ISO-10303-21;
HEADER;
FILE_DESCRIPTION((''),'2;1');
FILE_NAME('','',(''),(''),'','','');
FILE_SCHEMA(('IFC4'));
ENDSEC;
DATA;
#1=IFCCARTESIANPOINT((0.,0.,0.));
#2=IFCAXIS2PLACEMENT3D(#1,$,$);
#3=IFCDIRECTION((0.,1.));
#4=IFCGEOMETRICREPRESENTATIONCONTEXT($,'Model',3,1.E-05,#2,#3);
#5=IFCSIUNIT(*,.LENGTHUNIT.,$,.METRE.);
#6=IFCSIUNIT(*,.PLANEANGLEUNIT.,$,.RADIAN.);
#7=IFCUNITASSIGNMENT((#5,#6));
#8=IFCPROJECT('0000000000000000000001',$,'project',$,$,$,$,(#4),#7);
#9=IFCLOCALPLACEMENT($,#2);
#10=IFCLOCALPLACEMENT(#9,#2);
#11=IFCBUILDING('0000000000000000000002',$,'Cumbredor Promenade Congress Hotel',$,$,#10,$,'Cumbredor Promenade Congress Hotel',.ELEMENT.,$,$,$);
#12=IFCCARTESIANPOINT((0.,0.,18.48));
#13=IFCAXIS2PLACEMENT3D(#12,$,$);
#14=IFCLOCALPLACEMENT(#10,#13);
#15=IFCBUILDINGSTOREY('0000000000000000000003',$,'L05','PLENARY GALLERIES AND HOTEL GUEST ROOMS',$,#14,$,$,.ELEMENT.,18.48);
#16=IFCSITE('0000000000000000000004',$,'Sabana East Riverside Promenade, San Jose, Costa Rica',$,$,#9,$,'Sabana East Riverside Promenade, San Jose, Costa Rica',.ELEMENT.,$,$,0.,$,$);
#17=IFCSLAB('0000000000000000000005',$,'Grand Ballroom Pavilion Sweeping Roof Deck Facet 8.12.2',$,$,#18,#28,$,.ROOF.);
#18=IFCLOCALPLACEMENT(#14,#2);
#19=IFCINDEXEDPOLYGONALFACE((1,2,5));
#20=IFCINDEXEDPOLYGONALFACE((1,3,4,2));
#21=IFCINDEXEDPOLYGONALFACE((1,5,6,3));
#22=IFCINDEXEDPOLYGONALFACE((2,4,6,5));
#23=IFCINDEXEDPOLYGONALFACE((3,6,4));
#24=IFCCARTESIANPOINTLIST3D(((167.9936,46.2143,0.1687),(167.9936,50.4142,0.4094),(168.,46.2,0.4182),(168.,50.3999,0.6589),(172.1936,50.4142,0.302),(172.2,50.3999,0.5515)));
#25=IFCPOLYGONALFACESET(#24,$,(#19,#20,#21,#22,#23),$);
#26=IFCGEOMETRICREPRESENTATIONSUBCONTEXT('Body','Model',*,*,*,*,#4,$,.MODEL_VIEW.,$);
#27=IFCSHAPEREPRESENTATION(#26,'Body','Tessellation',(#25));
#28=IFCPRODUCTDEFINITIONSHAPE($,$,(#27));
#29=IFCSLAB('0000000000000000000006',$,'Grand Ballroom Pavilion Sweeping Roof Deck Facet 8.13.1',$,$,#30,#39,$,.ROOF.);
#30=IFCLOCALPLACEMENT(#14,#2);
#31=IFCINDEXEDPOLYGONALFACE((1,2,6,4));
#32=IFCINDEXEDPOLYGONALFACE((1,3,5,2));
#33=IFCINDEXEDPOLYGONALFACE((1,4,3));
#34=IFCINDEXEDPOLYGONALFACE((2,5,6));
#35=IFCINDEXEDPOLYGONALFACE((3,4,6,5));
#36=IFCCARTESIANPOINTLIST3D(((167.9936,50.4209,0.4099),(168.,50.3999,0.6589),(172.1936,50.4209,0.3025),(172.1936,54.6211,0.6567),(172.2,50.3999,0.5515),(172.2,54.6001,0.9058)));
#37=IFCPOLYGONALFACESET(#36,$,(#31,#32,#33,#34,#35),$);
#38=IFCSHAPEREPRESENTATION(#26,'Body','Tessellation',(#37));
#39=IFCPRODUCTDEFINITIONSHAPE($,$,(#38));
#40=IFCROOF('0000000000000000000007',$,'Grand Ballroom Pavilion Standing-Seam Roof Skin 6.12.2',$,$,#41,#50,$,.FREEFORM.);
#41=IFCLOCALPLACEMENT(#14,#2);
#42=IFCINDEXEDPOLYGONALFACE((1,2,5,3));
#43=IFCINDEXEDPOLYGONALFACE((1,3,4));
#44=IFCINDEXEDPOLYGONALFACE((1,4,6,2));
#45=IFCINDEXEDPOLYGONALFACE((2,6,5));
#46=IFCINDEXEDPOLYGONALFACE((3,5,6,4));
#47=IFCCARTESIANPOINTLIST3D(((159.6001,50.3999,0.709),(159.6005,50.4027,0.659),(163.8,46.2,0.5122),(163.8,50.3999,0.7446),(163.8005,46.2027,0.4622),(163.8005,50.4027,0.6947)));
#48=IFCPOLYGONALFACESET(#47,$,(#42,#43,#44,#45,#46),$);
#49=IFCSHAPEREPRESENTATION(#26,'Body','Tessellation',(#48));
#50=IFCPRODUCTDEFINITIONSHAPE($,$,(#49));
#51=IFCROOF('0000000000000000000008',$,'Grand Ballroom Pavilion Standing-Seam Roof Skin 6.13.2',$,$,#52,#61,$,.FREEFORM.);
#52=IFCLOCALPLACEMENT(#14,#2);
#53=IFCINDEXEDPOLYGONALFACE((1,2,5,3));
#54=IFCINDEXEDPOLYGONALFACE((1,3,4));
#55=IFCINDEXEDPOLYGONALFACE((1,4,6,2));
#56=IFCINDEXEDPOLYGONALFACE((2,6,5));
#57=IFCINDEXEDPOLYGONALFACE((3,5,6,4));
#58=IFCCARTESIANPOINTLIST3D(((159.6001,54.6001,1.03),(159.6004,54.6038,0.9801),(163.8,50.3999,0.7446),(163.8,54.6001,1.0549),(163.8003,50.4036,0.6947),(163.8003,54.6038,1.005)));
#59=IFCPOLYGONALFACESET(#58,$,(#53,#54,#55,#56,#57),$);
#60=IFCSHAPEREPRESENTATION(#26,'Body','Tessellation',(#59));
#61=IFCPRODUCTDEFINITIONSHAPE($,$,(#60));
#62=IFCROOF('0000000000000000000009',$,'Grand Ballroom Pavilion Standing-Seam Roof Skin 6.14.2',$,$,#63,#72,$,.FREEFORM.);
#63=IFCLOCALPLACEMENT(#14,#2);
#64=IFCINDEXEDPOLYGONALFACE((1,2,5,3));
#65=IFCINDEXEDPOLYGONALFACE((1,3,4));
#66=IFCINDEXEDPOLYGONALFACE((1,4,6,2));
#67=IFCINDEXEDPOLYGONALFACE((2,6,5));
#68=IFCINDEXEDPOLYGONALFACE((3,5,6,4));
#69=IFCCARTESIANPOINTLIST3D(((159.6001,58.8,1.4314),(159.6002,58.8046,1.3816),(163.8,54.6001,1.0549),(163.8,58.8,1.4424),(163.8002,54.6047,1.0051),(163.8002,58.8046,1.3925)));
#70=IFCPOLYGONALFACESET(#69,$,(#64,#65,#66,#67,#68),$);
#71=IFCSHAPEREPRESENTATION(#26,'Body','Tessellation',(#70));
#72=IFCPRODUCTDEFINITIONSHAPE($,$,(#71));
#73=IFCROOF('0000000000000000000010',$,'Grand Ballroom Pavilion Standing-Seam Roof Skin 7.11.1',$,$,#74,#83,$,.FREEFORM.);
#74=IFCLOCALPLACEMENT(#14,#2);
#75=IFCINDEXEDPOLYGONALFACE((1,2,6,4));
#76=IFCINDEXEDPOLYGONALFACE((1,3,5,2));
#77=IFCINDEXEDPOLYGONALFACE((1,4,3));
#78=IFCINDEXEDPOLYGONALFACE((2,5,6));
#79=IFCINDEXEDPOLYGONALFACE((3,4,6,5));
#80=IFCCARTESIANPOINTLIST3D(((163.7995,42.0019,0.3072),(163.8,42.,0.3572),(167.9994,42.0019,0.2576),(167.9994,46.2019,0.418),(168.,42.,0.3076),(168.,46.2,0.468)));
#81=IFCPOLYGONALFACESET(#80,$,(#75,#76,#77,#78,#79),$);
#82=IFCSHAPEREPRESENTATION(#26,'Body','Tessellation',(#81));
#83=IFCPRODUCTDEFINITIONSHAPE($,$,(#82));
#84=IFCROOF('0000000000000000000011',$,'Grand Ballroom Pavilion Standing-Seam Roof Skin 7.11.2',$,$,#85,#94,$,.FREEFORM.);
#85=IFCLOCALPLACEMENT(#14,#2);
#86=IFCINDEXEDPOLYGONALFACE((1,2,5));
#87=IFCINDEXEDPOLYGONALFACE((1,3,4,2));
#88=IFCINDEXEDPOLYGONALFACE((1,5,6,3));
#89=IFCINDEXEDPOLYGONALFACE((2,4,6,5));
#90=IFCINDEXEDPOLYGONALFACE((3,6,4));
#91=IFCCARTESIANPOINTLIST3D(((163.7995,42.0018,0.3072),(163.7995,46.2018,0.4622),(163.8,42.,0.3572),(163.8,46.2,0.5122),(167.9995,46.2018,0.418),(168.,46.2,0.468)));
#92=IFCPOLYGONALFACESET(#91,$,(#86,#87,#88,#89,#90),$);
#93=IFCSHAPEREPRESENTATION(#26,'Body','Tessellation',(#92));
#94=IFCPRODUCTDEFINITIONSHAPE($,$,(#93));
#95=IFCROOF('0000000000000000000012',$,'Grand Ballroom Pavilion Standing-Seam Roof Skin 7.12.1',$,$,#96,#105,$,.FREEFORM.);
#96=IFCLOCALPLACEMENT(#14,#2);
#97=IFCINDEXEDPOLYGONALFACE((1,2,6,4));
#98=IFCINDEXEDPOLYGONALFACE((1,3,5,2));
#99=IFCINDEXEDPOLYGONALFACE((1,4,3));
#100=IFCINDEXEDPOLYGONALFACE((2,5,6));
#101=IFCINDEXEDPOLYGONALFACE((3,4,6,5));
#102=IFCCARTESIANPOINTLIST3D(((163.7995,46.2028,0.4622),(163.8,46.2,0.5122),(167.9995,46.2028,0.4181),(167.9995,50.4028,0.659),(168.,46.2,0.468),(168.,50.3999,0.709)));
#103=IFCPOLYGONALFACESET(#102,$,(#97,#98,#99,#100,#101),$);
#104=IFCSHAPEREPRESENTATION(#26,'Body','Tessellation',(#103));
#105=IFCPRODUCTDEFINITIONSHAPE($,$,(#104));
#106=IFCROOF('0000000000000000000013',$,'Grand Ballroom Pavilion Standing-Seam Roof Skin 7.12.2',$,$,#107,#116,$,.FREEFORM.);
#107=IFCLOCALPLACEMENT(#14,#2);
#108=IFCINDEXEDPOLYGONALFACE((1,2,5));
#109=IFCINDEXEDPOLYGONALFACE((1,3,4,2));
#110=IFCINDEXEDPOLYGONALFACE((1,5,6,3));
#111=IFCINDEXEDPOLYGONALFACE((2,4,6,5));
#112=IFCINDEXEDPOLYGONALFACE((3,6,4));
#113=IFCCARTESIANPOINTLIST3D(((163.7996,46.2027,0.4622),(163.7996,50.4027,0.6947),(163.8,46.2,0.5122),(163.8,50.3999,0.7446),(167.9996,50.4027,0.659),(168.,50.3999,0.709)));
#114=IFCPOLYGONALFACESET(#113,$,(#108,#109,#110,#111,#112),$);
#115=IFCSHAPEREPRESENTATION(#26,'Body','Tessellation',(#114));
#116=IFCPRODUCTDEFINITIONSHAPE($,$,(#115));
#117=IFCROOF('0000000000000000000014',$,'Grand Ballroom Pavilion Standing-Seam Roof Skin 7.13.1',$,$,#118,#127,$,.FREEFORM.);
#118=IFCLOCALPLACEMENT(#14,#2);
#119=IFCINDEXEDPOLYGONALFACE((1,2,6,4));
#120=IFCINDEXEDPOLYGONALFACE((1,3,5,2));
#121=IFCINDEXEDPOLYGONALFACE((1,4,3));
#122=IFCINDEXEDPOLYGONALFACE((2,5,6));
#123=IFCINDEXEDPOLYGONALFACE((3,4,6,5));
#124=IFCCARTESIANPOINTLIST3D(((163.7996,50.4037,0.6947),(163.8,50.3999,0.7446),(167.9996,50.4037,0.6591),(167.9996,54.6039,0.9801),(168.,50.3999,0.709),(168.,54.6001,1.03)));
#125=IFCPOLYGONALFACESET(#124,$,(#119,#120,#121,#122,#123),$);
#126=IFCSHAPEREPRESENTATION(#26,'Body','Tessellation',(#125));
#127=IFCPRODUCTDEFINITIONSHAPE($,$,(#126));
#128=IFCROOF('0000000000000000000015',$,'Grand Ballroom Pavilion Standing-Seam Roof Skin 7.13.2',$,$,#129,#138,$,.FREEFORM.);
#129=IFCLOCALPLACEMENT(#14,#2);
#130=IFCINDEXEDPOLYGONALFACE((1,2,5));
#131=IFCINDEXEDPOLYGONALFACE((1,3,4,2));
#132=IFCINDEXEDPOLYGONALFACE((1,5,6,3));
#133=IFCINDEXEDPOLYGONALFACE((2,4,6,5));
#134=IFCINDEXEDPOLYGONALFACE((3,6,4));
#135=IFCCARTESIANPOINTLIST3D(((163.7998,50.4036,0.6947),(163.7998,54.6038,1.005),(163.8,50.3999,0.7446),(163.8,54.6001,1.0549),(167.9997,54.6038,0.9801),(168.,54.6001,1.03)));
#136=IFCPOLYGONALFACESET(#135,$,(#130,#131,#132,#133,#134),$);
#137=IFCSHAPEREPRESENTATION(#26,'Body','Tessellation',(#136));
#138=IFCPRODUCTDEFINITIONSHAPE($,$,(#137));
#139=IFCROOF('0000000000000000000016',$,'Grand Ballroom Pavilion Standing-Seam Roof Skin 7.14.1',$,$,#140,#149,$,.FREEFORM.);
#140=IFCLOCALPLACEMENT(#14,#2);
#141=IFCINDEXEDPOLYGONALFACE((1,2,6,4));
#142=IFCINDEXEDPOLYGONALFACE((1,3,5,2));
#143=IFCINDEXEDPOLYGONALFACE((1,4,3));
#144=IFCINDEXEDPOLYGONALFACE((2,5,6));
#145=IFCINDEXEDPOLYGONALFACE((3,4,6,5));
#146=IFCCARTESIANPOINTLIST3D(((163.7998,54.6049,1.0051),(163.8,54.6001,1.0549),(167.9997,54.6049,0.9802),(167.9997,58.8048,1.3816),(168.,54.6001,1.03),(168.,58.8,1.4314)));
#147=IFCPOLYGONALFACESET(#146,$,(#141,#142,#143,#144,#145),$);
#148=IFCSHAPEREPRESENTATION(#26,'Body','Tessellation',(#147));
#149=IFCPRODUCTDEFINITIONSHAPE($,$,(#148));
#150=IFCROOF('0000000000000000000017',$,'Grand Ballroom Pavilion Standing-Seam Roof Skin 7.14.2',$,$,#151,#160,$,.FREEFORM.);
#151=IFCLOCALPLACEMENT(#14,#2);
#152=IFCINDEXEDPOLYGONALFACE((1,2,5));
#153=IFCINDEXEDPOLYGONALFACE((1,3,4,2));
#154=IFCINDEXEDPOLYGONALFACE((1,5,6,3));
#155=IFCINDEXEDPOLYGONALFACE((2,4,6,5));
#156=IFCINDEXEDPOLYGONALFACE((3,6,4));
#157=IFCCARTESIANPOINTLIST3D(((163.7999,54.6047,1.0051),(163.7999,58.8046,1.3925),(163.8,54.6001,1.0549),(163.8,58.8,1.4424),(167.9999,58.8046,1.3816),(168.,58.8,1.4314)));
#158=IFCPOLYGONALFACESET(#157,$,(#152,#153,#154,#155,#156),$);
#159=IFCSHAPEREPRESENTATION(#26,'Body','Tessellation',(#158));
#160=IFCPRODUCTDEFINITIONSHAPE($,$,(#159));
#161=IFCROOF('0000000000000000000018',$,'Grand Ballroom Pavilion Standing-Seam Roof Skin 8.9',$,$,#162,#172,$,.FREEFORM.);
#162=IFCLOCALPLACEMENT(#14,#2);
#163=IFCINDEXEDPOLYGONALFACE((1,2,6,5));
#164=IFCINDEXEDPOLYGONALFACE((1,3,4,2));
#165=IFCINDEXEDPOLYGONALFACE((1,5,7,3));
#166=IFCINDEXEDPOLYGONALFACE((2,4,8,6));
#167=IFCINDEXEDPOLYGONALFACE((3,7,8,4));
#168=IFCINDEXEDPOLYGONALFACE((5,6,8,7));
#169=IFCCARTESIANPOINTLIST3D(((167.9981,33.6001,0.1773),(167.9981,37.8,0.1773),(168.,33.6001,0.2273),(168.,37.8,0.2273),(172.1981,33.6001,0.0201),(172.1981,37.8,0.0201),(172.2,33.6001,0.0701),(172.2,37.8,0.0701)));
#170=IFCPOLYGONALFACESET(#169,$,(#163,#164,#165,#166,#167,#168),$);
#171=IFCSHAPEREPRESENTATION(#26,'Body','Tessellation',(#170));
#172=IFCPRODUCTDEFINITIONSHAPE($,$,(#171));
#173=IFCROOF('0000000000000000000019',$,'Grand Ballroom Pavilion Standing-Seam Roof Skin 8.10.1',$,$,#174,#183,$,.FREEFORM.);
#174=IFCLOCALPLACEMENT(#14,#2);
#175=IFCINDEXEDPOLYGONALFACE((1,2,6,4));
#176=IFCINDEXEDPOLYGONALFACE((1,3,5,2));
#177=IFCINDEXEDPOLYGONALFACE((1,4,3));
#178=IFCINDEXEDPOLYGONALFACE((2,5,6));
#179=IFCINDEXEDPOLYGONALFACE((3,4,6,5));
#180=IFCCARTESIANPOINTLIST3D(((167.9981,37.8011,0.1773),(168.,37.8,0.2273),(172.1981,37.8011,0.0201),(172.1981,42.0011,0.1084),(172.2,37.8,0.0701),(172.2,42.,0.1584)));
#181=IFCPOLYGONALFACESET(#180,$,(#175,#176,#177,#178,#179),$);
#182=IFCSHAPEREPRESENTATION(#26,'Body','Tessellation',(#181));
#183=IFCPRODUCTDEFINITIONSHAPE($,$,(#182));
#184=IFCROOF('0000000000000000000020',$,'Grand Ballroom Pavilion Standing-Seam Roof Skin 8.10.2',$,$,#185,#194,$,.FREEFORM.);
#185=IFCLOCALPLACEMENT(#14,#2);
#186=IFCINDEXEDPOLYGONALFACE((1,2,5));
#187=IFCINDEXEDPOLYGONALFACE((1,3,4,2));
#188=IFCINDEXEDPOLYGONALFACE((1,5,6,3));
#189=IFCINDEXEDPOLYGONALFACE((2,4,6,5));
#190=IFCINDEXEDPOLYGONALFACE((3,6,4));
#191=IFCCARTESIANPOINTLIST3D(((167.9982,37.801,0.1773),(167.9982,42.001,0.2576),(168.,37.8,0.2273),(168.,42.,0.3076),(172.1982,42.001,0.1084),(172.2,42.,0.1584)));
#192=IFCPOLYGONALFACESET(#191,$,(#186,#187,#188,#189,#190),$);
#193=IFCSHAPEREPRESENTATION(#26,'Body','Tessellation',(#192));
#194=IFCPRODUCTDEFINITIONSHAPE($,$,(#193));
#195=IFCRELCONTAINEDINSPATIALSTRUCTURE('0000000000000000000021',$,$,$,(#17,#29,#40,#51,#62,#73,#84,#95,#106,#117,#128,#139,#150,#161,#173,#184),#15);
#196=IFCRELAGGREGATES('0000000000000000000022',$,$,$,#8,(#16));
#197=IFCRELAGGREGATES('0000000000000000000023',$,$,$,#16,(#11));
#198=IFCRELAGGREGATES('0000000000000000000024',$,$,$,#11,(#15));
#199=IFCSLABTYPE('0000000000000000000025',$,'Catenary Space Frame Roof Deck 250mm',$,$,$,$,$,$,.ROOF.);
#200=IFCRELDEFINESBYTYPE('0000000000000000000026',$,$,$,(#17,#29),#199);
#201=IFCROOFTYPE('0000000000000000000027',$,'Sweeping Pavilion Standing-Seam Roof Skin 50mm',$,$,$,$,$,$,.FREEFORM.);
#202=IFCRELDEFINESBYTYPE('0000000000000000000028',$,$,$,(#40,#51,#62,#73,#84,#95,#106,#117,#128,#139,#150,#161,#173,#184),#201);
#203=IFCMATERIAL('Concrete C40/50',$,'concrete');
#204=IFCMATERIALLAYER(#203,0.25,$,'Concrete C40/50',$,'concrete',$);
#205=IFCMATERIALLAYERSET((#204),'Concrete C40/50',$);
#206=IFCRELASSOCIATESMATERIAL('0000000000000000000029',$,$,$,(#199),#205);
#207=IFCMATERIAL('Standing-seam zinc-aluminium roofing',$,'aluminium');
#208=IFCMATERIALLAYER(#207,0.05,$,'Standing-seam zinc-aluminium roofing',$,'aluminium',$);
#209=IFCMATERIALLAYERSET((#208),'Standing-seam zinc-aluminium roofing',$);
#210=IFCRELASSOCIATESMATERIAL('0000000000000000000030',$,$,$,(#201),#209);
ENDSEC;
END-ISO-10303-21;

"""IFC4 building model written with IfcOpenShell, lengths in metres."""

from ifc_helpers import new_model, si_unit, direction, frame, origin, place, context, subcontext, project, spatial, polyline, outline, extrude, material, layer, layer_set, type_object, element, save


model = new_model("IFC4")

# Units and contexts
model_context = context("Model", 3, precision=1e-05, world=origin(), true_north=direction((0.0, 1.0)))
body_context = subcontext(model_context, "Body", "Model", "MODEL_VIEW")
ifc_project = project(units=[si_unit("LENGTHUNIT", "METRE"), si_unit("PLANEANGLEUNIT", "RADIAN")], contexts=[model_context])

# Site, building, storey
site_placement = place(None, origin())
site = spatial("IfcSite", under=ifc_project, at=site_placement, Name="Sabana East Riverside Promenade, San Jose, Costa Rica", LongName="Sabana East Riverside Promenade, San Jose, Costa Rica", CompositionType="ELEMENT", RefElevation=0.0)
building_placement = place(site_placement, origin())
building = spatial("IfcBuilding", under=site, at=building_placement, Name="Cumbredor Promenade Congress Hotel", LongName="Cumbredor Promenade Congress Hotel", CompositionType="ELEMENT")
storey_placement = place(building_placement, frame((0.0, 0.0, 18.48)))
storey = spatial("IfcBuildingStorey", under=building, at=storey_placement, Name="L05", Description="PLENARY GALLERIES AND HOTEL GUEST ROOMS", CompositionType="ELEMENT", Elevation=18.48)

# Slabs
ifc_material_1 = material(Name="Concrete C40/50", Category="concrete")
ifc_layer_1 = layer(ifc_material_1, 0.25, Name="Concrete C40/50", Category="concrete")
ifc_layer_set_1 = layer_set([ifc_layer_1], Name="Concrete C40/50")
slab_type = type_object("IfcSlabType", Name="Catenary Space Frame Roof Deck 250mm", PredefinedType="ROOF", material=ifc_layer_set_1)
slab_1_placement = place(storey_placement, frame((168.0, 46.2, 0.4182), z_axis=(0.025527, -0.057203, 0.998036), x_axis=(0.706929, 0.706929, 0.022437)))
element("IfcSlab", 1, at=slab_1_placement, inside=storey, type_object=slab_type, Name="Grand Ballroom Pavilion Sweeping Roof Deck Facet 8.12.2", PredefinedType="ROOF", context=body_context, shape_type="SweptSolid", body=[
    extrude(outline(polyline([(0.0, 0.0), (5.9411, 0.0), (2.9745, 2.9749), (0.0, 0.0)])), origin(), (0.0, 0.0, -1.0), 0.25),
])
slab_2_placement = place(storey_placement, frame((168.0, 50.3999, 0.6589), z_axis=(0.025478, -0.084015, 0.996139), x_axis=(0.999673, 0.0, -0.025569)))
element("IfcSlab", 2, at=slab_2_placement, inside=storey, type_object=slab_type, Name="Grand Ballroom Pavilion Sweeping Roof Deck Facet 8.13.1", PredefinedType="ROOF", context=body_context, shape_type="SweptSolid", body=[
    extrude(outline(polyline([(0.0, 0.0), (4.2013, 0.0), (4.1923, 4.2151), (0.0, 0.0)])), origin(), (0.0, 0.0, -1.0), 0.25),
])

# Roofs
ifc_material_2 = material(Name="Standing-seam zinc-aluminium roofing", Category="aluminium")
ifc_layer_2 = layer(ifc_material_2, 0.05, Name="Standing-seam zinc-aluminium roofing", Category="aluminium")
ifc_layer_set_2 = layer_set([ifc_layer_2], Name="Standing-seam zinc-aluminium roofing")
roof_type = type_object("IfcRoofType", Name="Sweeping Pavilion Standing-Seam Roof Skin 50mm", PredefinedType="FREEFORM", material=ifc_layer_set_2)
roof_1_placement = place(storey_placement, frame((163.8, 46.2, 0.5122), z_axis=(-0.008474, -0.055253, 0.998436), x_axis=(0.0, 0.998472, 0.055255)))
element("IfcRoof", 3, at=roof_1_placement, inside=storey, type_object=roof_type, Name="Grand Ballroom Pavilion Standing-Seam Roof Skin 6.12.2", PredefinedType="FREEFORM", context=body_context, shape_type="SweptSolid", body=[
    extrude(outline(polyline([(0.0, 0.0), (4.2064, 0.0), (4.2044, 4.2001), (0.0, 0.0)])), origin(), (0.0, 0.0, -1.0), 0.05),
])
roof_2_placement = place(storey_placement, frame((163.8, 50.3999, 0.7446), z_axis=(-0.005913, -0.073676, 0.997265), x_axis=(0.0, 0.997282, 0.073677)))
element("IfcRoof", 4, at=roof_2_placement, inside=storey, type_object=roof_type, Name="Grand Ballroom Pavilion Standing-Seam Roof Skin 6.13.2", PredefinedType="FREEFORM", context=body_context, shape_type="SweptSolid", body=[
    extrude(outline(polyline([(0.0, 0.0), (4.2116, 0.0), (4.2098, 4.2), (0.0, 0.0)])), origin(), (0.0, 0.0, -1.0), 0.05),
])
roof_3_placement = place(storey_placement, frame((163.8, 54.6001, 1.0549), z_axis=(-0.002605, -0.091861, 0.995768), x_axis=(0.0, 0.995772, 0.091861)))
element("IfcRoof", 5, at=roof_3_placement, inside=storey, type_object=roof_type, Name="Grand Ballroom Pavilion Standing-Seam Roof Skin 6.14.2", PredefinedType="FREEFORM", context=body_context, shape_type="SweptSolid", body=[
    extrude(outline(polyline([(0.0, 0.0), (4.2178, 0.0), (4.2168, 4.2), (0.0, 0.0)])), origin(), (0.0, 0.0, -1.0), 0.05),
])
roof_4_placement = place(storey_placement, frame((163.8, 42.0, 0.3572), z_axis=(0.011791, -0.038161, 0.999202), x_axis=(0.99993, 0.0, -0.011799)))
element("IfcRoof", 6, at=roof_4_placement, inside=storey, type_object=roof_type, Name="Grand Ballroom Pavilion Standing-Seam Roof Skin 7.11.1", PredefinedType="FREEFORM", context=body_context, shape_type="SweptSolid", body=[
    extrude(outline(polyline([(0.0, 0.0), (4.2002, 0.0), (4.1984, 4.203), (0.0, 0.0)])), origin(), (0.0, 0.0, -1.0), 0.05),
])
roof_5_placement = place(storey_placement, frame((163.8, 42.0, 0.3572), z_axis=(0.010514, -0.036885, 0.999264), x_axis=(0.706984, 0.706984, 0.018658)))
element("IfcRoof", 7, at=roof_5_placement, inside=storey, type_object=roof_type, Name="Grand Ballroom Pavilion Standing-Seam Roof Skin 7.11.2", PredefinedType="FREEFORM", context=body_context, shape_type="SweptSolid", body=[
    extrude(outline(polyline([(0.0, 0.0), (5.9407, 0.0), (2.9722, 2.9715), (0.0, 0.0)])), origin(), (0.0, 0.0, -1.0), 0.05),
])
roof_6_placement = place(storey_placement, frame((163.8, 46.2, 0.5122), z_axis=(0.010504, -0.057276, 0.998303), x_axis=(0.999945, 0.0, -0.010521)))
element("IfcRoof", 8, at=roof_6_placement, inside=storey, type_object=roof_type, Name="Grand Ballroom Pavilion Standing-Seam Roof Skin 7.12.1", PredefinedType="FREEFORM", context=body_context, shape_type="SweptSolid", body=[
    extrude(outline(polyline([(0.0, 0.0), (4.2002, 0.0), (4.1976, 4.2069), (0.0, 0.0)])), origin(), (0.0, 0.0, -1.0), 0.05),
])
roof_7_placement = place(storey_placement, frame((163.8, 46.2, 0.5122), z_axis=(0.008474, -0.055253, 0.998436), x_axis=(0.706719, 0.706719, 0.033111)))
element("IfcRoof", 9, at=roof_7_placement, inside=storey, type_object=roof_type, Name="Grand Ballroom Pavilion Standing-Seam Roof Skin 7.12.2", PredefinedType="FREEFORM", context=body_context, shape_type="SweptSolid", body=[
    extrude(outline(polyline([(0.0, 0.0), (5.9429, 0.0), (2.9759, 2.9728), (0.0, 0.0)])), origin(), (0.0, 0.0, -1.0), 0.05),
])
roof_8_placement = place(storey_placement, frame((163.8, 50.3999, 0.7446), z_axis=(0.008462, -0.076211, 0.997056), x_axis=(0.999964, 0.0, -0.008487)))
element("IfcRoof", 10, at=roof_8_placement, inside=storey, type_object=roof_type, Name="Grand Ballroom Pavilion Standing-Seam Roof Skin 7.13.1", PredefinedType="FREEFORM", context=body_context, shape_type="SweptSolid", body=[
    extrude(outline(polyline([(0.0, 0.0), (4.2001, 0.0), (4.1974, 4.2124), (0.0, 0.0)])), origin(), (0.0, 0.0, -1.0), 0.05),
])
roof_9_placement = place(storey_placement, frame((163.8, 50.3999, 0.7446), z_axis=(0.005913, -0.073676, 0.997265), x_axis=(0.706271, 0.706312, 0.047993)))
element("IfcRoof", 11, at=roof_9_placement, inside=storey, type_object=roof_type, Name="Grand Ballroom Pavilion Standing-Seam Roof Skin 7.13.2", PredefinedType="FREEFORM", context=body_context, shape_type="SweptSolid", body=[
    extrude(outline(polyline([(0.0, 0.0), (5.9467, 0.0), (2.9815, 2.9746), (0.0, 0.0)])), origin(), (0.0, 0.0, -1.0), 0.05),
])
roof_10_placement = place(storey_placement, frame((163.8, 54.6001, 1.0549), z_axis=(0.005902, -0.09513, 0.995447), x_axis=(0.999982, 0.0, -0.005929)))
element("IfcRoof", 12, at=roof_10_placement, inside=storey, type_object=roof_type, Name="Grand Ballroom Pavilion Standing-Seam Roof Skin 7.14.1", PredefinedType="FREEFORM", context=body_context, shape_type="SweptSolid", body=[
    extrude(outline(polyline([(0.0, 0.0), (4.2, 0.0), (4.1976, 4.2191), (0.0, 0.0)])), origin(), (0.0, 0.0, -1.0), 0.05),
])
roof_11_placement = place(storey_placement, frame((163.8, 54.6001, 1.0549), z_axis=(0.002605, -0.091861, 0.995768), x_axis=(0.705691, 0.705691, 0.063255)))
element("IfcRoof", 13, at=roof_11_placement, inside=storey, type_object=roof_type, Name="Grand Ballroom Pavilion Standing-Seam Roof Skin 7.14.2", PredefinedType="FREEFORM", context=body_context, shape_type="SweptSolid", body=[
    extrude(outline(polyline([(0.0, 0.0), (5.9515, 0.0), (2.9884, 2.9765), (0.0, 0.0)])), origin(), (0.0, 0.0, -1.0), 0.05),
])
roof_12_placement = place(storey_placement, frame((168.0, 33.6001, 0.2273), z_axis=(0.037409, 0.0, 0.9993), x_axis=(0.9993, 0.0, -0.037409)))
element("IfcRoof", 14, at=roof_12_placement, inside=storey, type_object=roof_type, Name="Grand Ballroom Pavilion Standing-Seam Roof Skin 8.9", PredefinedType="FREEFORM", context=body_context, shape_type="SweptSolid", body=[
    extrude(outline(polyline([(0.0, 0.0), (4.2029, 0.0), (4.2029, 4.2), (0.0, 4.2), (0.0, 0.0)])), origin(), (0.0, 0.0, -1.0), 0.05),
])
roof_13_placement = place(storey_placement, frame((168.0, 37.8, 0.2273), z_axis=(0.037401, -0.021023, 0.999079), x_axis=(0.9993, 0.0, -0.037409)))
element("IfcRoof", 15, at=roof_13_placement, inside=storey, type_object=roof_type, Name="Grand Ballroom Pavilion Standing-Seam Roof Skin 8.10.1", PredefinedType="FREEFORM", context=body_context, shape_type="SweptSolid", body=[
    extrude(outline(polyline([(0.0, 0.0), (4.2029, 0.0), (4.1996, 4.2009), (0.0, 0.0)])), origin(), (0.0, 0.0, -1.0), 0.05),
])
roof_14_placement = place(storey_placement, frame((168.0, 37.8, 0.2273), z_axis=(0.035488, -0.019109, 0.999187), x_axis=(0.707059, 0.707059, -0.01159)))
element("IfcRoof", 16, at=roof_14_placement, inside=storey, type_object=roof_type, Name="Grand Ballroom Pavilion Standing-Seam Roof Skin 8.10.2", PredefinedType="FREEFORM", context=body_context, shape_type="SweptSolid", body=[
    extrude(outline(polyline([(0.0, 0.0), (5.94, 0.0), (2.9687, 2.972), (0.0, 0.0)])), origin(), (0.0, 0.0, -1.0), 0.05),
])

save(model, "model.ifc")
